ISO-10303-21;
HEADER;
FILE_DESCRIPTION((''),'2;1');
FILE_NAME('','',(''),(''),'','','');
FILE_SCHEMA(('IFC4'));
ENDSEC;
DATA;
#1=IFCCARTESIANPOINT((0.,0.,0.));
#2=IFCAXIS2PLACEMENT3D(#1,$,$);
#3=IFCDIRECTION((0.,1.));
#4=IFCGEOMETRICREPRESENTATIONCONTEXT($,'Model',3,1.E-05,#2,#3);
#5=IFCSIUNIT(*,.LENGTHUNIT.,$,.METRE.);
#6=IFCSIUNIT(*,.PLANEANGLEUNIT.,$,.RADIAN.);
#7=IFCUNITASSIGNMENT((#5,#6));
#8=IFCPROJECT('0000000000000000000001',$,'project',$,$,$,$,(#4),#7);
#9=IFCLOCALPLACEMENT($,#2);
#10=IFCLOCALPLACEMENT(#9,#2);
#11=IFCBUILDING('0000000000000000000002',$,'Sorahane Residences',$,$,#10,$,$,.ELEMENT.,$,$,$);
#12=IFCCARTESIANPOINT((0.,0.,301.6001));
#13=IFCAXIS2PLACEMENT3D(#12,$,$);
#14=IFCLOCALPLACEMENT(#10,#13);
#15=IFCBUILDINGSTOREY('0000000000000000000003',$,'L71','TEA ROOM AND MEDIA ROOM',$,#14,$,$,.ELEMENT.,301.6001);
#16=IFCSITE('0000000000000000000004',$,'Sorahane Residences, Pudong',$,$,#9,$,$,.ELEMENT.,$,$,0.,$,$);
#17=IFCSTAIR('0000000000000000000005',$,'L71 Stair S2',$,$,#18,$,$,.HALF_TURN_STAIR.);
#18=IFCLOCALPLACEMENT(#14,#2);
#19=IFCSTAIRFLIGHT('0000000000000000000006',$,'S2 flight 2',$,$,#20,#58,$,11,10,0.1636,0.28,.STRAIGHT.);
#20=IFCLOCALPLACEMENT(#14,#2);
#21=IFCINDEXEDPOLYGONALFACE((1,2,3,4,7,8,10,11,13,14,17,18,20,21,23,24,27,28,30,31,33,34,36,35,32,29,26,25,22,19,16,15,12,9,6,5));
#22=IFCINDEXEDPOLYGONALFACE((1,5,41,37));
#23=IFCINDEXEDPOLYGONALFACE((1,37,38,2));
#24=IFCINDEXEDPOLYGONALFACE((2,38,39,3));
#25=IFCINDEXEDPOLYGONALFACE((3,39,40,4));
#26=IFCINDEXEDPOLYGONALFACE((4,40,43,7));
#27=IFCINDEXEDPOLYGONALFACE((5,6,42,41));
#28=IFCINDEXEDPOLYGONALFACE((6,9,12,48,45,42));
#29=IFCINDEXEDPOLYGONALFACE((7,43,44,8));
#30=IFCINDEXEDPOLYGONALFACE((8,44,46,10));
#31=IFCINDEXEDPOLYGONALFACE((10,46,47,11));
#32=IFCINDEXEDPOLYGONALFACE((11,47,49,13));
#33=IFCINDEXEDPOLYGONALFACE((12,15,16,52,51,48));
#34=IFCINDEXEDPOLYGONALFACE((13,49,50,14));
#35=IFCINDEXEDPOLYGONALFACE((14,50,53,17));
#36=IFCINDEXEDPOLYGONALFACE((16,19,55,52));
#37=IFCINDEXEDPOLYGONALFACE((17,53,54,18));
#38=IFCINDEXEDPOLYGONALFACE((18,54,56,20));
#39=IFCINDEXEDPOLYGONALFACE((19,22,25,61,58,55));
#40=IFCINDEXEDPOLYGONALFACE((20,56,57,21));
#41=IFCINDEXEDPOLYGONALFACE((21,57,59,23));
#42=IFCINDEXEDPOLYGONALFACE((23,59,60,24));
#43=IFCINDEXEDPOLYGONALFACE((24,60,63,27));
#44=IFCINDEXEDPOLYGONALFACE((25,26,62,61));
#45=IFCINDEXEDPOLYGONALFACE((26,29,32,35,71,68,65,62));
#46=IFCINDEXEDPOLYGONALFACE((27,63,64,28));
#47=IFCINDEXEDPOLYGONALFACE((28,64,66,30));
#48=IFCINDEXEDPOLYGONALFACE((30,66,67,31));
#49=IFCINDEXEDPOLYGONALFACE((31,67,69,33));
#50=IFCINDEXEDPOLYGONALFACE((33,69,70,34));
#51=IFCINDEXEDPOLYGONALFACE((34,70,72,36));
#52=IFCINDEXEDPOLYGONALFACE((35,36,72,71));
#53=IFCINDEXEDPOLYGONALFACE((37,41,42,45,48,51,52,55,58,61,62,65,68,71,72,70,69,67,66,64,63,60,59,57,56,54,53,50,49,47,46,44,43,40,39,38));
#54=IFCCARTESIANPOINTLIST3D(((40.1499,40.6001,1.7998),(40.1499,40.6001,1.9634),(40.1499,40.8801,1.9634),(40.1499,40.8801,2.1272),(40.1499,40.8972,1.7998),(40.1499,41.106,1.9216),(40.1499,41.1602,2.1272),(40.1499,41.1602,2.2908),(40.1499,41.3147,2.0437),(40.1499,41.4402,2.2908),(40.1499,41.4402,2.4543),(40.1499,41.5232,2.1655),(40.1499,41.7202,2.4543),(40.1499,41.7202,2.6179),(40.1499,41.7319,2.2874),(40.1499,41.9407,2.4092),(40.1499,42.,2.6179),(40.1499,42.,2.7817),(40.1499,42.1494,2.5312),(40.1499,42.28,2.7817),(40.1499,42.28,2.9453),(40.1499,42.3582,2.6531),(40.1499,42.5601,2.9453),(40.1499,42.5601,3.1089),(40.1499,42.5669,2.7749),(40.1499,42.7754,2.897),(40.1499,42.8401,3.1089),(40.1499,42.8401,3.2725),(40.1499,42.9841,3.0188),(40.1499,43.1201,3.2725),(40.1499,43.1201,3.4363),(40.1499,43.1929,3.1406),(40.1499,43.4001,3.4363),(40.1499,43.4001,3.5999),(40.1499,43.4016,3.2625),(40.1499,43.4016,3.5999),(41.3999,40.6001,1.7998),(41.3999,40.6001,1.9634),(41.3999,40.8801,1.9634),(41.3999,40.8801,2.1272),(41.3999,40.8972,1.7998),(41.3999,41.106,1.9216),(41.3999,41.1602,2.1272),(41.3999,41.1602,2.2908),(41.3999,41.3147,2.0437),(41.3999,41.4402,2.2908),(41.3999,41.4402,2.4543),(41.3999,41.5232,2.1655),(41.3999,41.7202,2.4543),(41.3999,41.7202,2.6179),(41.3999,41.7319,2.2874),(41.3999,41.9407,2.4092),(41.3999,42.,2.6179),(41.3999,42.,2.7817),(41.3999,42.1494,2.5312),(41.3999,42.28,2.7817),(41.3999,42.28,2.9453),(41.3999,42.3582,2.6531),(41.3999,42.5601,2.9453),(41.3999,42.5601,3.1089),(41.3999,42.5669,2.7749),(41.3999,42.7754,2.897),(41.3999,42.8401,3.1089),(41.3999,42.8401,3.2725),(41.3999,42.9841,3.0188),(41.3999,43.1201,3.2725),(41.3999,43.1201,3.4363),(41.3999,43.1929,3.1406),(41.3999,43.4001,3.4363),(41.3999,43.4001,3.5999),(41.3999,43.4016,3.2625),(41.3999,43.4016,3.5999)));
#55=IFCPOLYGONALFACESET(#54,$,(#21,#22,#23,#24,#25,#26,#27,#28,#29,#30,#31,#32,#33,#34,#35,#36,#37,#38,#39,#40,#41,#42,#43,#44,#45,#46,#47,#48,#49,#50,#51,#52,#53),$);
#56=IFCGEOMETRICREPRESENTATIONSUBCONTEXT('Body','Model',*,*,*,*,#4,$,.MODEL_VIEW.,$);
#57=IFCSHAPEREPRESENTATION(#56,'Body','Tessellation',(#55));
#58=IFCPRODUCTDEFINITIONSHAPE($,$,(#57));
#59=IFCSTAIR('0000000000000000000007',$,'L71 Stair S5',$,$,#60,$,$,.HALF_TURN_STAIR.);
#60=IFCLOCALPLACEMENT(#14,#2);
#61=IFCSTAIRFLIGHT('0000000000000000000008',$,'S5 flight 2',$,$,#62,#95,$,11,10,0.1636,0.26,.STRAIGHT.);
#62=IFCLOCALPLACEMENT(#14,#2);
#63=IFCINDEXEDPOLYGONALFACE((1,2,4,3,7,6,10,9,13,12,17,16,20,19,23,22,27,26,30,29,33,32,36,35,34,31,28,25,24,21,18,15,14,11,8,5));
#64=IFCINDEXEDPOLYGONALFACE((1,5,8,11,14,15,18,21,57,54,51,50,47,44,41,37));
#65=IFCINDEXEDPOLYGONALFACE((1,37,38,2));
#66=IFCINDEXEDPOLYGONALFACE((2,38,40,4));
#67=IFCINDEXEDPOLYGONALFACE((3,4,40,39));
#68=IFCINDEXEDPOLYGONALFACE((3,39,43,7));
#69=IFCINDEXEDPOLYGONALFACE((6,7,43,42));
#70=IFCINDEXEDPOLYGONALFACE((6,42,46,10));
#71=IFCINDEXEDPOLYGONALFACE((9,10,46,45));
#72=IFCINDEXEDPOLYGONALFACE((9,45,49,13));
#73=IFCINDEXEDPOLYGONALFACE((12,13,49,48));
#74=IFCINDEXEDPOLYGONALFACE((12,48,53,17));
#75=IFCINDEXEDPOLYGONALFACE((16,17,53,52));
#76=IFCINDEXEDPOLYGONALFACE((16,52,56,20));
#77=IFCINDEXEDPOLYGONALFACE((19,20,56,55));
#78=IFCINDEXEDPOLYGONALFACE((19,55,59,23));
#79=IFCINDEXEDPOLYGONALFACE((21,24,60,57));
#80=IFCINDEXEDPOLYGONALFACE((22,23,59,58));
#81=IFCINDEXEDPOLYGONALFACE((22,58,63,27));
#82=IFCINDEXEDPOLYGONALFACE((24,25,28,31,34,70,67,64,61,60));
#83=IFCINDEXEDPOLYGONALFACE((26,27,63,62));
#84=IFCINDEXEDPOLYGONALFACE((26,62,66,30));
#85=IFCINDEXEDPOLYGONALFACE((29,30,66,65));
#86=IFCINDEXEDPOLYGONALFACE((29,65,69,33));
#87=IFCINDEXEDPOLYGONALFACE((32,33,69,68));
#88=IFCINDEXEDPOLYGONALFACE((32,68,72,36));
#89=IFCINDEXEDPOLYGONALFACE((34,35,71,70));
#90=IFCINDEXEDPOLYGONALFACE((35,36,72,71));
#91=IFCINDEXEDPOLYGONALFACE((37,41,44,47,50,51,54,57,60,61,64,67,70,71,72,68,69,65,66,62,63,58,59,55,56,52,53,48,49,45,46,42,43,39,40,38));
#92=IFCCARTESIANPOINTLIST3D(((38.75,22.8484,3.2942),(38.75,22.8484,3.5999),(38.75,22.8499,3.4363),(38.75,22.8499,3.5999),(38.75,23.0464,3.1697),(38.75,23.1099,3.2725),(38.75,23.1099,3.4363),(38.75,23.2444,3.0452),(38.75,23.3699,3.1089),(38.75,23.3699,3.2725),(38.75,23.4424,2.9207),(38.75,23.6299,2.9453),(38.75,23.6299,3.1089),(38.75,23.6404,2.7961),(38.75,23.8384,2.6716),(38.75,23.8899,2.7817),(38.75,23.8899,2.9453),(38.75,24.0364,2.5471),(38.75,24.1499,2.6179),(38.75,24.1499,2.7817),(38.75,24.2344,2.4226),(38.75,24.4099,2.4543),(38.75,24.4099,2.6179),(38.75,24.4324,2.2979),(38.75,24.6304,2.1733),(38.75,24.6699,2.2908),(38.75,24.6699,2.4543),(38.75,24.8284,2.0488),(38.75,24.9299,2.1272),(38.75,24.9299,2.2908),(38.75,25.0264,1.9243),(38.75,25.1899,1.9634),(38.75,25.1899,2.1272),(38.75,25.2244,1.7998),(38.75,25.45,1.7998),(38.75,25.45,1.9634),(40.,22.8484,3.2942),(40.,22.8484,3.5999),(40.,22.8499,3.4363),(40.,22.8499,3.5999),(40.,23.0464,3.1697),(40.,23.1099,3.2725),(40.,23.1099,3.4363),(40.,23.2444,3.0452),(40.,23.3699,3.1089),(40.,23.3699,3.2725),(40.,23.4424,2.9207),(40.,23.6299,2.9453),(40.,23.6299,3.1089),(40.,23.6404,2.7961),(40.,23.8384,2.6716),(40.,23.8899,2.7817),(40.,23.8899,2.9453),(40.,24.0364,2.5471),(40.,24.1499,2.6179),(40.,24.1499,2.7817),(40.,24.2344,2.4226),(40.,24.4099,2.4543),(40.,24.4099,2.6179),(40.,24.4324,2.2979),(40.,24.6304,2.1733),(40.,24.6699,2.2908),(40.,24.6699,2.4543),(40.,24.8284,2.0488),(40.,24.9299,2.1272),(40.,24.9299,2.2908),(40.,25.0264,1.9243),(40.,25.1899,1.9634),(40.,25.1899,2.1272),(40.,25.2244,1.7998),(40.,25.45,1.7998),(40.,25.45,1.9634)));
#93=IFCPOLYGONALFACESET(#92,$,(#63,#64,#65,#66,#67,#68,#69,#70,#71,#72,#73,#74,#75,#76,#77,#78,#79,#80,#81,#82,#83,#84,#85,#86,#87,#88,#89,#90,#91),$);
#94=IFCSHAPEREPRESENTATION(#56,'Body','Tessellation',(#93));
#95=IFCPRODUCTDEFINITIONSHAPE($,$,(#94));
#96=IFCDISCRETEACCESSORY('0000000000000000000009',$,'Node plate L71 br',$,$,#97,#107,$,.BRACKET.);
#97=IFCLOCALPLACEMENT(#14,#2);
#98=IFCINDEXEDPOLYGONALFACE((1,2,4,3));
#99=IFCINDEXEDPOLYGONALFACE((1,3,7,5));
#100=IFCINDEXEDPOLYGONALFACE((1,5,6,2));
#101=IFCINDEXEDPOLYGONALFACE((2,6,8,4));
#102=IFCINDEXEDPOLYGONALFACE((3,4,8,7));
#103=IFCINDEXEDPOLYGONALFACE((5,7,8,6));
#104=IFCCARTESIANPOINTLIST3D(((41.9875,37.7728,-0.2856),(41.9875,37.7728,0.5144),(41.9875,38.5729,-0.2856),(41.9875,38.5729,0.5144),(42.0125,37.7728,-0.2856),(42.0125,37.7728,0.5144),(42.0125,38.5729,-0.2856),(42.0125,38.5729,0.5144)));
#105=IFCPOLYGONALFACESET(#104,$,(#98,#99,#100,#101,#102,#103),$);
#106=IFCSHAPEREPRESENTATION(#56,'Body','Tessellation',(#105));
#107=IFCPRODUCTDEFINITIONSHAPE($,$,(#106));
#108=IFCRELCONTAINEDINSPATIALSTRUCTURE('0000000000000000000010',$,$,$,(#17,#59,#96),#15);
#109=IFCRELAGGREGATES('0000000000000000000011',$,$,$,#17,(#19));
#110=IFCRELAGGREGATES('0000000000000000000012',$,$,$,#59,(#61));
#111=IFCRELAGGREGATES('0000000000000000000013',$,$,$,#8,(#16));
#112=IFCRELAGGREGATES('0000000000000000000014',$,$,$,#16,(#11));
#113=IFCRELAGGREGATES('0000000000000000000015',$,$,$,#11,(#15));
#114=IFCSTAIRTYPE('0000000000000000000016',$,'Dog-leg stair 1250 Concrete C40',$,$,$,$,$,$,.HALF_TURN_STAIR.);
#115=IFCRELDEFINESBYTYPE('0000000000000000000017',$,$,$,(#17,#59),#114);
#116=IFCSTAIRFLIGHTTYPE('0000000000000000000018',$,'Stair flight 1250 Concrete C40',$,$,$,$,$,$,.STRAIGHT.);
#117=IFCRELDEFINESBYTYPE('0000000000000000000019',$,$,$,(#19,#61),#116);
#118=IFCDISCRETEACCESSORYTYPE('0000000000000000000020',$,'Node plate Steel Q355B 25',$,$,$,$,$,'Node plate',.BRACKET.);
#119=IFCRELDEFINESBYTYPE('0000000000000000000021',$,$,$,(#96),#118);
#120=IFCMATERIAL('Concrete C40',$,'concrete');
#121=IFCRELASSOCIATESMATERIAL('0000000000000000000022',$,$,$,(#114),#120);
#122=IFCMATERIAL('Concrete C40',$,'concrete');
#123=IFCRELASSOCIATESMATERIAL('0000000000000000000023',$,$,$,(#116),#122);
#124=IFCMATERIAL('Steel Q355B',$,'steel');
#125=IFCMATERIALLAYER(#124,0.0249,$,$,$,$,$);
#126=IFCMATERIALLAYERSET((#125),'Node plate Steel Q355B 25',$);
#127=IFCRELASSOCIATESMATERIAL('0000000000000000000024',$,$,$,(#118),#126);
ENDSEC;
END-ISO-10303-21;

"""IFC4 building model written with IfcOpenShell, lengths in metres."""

from ifc_helpers import new_model, si_unit, direction, frame, origin, origin_2d, place, context, subcontext, project, spatial, polyline, rectangle, outline, extrude, material, layer, layer_set, type_object, element, aggregate, save


model = new_model("IFC4")

# Units and contexts
model_context = context("Model", 3, precision=1e-05, world=origin(), true_north=direction((0.0, 1.0)))
body_context = subcontext(model_context, "Body", "Model", "MODEL_VIEW")
ifc_project = project(units=[si_unit("LENGTHUNIT", "METRE"), si_unit("PLANEANGLEUNIT", "RADIAN")], contexts=[model_context])

# Site, building, storey
site_placement = place(None, origin())
site = spatial("IfcSite", under=ifc_project, at=site_placement, Name="Sorahane Residences, Pudong", CompositionType="ELEMENT", RefElevation=0.0)
building_placement = place(site_placement, origin())
building = spatial("IfcBuilding", under=site, at=building_placement, Name="Sorahane Residences", CompositionType="ELEMENT")
storey_placement = place(building_placement, frame((0.0, 0.0, 301.6001)))
storey = spatial("IfcBuildingStorey", under=building, at=storey_placement, Name="L71", Description="TEA ROOM AND MEDIA ROOM", CompositionType="ELEMENT", Elevation=301.6001)

# Stairs, stair flights
ifc_material_1 = material(Name="Concrete C40", Category="concrete")
stair_type = type_object("IfcStairType", Name="Dog-leg stair 1250 Concrete C40", PredefinedType="HALF_TURN_STAIR", material=ifc_material_1)
stair_1_placement = place(storey_placement, origin())
stair_1 = element("IfcStair", 1, at=stair_1_placement, inside=storey, type_object=stair_type, Name="L71 Stair S2", PredefinedType="HALF_TURN_STAIR")
ifc_material_2 = material(Name="Concrete C40", Category="concrete")
stair_flight_type = type_object("IfcStairFlightType", Name="Stair flight 1250 Concrete C40", PredefinedType="STRAIGHT", material=ifc_material_2)
stair_flight_1_placement = place(storey_placement, frame((40.7749, 40.6001, 1.7998), z_axis=(0.0, 0.0, 1.0), x_axis=(0.0, 1.0, 0.0)))
stair_flight_1 = element("IfcStairFlight", 2, at=stair_flight_1_placement, type_object=stair_flight_type, Name="S2 flight 2", NumberOfRisers=11, NumberOfTreads=10, PredefinedType="STRAIGHT", RiserHeight=0.1636, TreadLength=0.28, context=body_context, shape_type="SweptSolid", body=[
    extrude(outline(polyline([(0.0, 0.0), (0.0, 0.1636), (0.28, 0.1636), (0.28, 0.3274), (0.5601, 0.3274), (0.5601, 0.491), (0.8401, 0.491), (0.8401, 0.6545), (1.1201, 0.6545), (1.1201, 0.8181), (1.3999, 0.8181), (1.3999, 0.9819), (1.6799, 0.9819), (1.6799, 1.1455), (1.96, 1.1455), (1.96, 1.3091), (2.24, 1.3091), (2.24, 1.4727), (2.52, 1.4727), (2.52, 1.6365), (2.8, 1.6365), (2.8, 1.8), (2.8015, 1.8), (2.8015, 1.4626), (2.5928, 1.3408), (2.384, 1.219), (2.1753, 1.0972), (1.9668, 0.9751), (1.7581, 0.8533), (1.5493, 0.7314), (1.3406, 0.6094), (1.1318, 0.4875), (0.9231, 0.3657), (0.7146, 0.2439), (0.5059, 0.1218), (0.2971, 0.0), (0.0, 0.0)])), frame((0.0, 0.625, 0.0), z_axis=(0.0, -1.0, 0.0), x_axis=(1.0, 0.0, 0.0)), (0.0, 0.0, 1.0), 1.25),
])
aggregate(stair_1, [stair_flight_1])
stair_2_placement = place(storey_placement, origin())
stair_2 = element("IfcStair", 3, at=stair_2_placement, inside=storey, type_object=stair_type, Name="L71 Stair S5", PredefinedType="HALF_TURN_STAIR")
stair_flight_2_placement = place(storey_placement, frame((39.375, 25.45, 1.7998), z_axis=(0.0, 0.0, 1.0), x_axis=(0.0, -1.0, 0.0)))
stair_flight_2 = element("IfcStairFlight", 4, at=stair_flight_2_placement, type_object=stair_flight_type, Name="S5 flight 2", NumberOfRisers=11, NumberOfTreads=10, PredefinedType="STRAIGHT", RiserHeight=0.1636, TreadLength=0.26, context=body_context, shape_type="SweptSolid", body=[
    extrude(outline(polyline([(0.0, 0.0), (0.0, 0.1636), (0.26, 0.1636), (0.26, 0.3274), (0.52, 0.3274), (0.52, 0.491), (0.78, 0.491), (0.78, 0.6545), (1.04, 0.6545), (1.04, 0.8181), (1.3, 0.8181), (1.3, 0.9819), (1.5601, 0.9819), (1.5601, 1.1455), (1.8201, 1.1455), (1.8201, 1.3091), (2.0801, 1.3091), (2.0801, 1.4727), (2.3401, 1.4727), (2.3401, 1.6365), (2.6001, 1.6365), (2.6001, 1.8), (2.6016, 1.8), (2.6016, 1.4944), (2.4036, 1.3699), (2.2056, 1.2454), (2.0076, 1.1208), (1.8096, 0.9963), (1.6116, 0.8718), (1.4136, 0.7473), (1.2156, 0.6228), (1.0176, 0.498), (0.8196, 0.3735), (0.6216, 0.249), (0.4236, 0.1245), (0.2256, 0.0), (0.0, 0.0)])), frame((0.0, 0.625, 0.0), z_axis=(0.0, -1.0, 0.0), x_axis=(1.0, 0.0, 0.0)), (0.0, 0.0, 1.0), 1.25),
])
aggregate(stair_2, [stair_flight_2])

# Discrete accessory
ifc_material_3 = material(Name="Steel Q355B", Category="steel")
ifc_layer_1 = layer(ifc_material_3, 0.0249)
ifc_layer_set_1 = layer_set([ifc_layer_1], Name="Node plate Steel Q355B 25")
discrete_accessory_type = type_object("IfcDiscreteAccessoryType", Name="Node plate Steel Q355B 25", ElementType="Node plate", PredefinedType="BRACKET", material=ifc_layer_set_1)
discrete_accessory_placement = place(storey_placement, frame((42.0, 38.1729, -0.2856), z_axis=(0.0, 0.0, 1.0), x_axis=(0.0, 1.0, 0.0)))
element("IfcDiscreteAccessory", 5, at=discrete_accessory_placement, inside=storey, type_object=discrete_accessory_type, Name="Node plate L71 br", PredefinedType="BRACKET", context=body_context, shape_type="SweptSolid", body=[
    extrude(rectangle(XDim=0.8, YDim=0.0249, at=origin_2d()), origin(), (0.0, 0.0, 1.0), 0.8),
])

save(model, "model.ifc")
